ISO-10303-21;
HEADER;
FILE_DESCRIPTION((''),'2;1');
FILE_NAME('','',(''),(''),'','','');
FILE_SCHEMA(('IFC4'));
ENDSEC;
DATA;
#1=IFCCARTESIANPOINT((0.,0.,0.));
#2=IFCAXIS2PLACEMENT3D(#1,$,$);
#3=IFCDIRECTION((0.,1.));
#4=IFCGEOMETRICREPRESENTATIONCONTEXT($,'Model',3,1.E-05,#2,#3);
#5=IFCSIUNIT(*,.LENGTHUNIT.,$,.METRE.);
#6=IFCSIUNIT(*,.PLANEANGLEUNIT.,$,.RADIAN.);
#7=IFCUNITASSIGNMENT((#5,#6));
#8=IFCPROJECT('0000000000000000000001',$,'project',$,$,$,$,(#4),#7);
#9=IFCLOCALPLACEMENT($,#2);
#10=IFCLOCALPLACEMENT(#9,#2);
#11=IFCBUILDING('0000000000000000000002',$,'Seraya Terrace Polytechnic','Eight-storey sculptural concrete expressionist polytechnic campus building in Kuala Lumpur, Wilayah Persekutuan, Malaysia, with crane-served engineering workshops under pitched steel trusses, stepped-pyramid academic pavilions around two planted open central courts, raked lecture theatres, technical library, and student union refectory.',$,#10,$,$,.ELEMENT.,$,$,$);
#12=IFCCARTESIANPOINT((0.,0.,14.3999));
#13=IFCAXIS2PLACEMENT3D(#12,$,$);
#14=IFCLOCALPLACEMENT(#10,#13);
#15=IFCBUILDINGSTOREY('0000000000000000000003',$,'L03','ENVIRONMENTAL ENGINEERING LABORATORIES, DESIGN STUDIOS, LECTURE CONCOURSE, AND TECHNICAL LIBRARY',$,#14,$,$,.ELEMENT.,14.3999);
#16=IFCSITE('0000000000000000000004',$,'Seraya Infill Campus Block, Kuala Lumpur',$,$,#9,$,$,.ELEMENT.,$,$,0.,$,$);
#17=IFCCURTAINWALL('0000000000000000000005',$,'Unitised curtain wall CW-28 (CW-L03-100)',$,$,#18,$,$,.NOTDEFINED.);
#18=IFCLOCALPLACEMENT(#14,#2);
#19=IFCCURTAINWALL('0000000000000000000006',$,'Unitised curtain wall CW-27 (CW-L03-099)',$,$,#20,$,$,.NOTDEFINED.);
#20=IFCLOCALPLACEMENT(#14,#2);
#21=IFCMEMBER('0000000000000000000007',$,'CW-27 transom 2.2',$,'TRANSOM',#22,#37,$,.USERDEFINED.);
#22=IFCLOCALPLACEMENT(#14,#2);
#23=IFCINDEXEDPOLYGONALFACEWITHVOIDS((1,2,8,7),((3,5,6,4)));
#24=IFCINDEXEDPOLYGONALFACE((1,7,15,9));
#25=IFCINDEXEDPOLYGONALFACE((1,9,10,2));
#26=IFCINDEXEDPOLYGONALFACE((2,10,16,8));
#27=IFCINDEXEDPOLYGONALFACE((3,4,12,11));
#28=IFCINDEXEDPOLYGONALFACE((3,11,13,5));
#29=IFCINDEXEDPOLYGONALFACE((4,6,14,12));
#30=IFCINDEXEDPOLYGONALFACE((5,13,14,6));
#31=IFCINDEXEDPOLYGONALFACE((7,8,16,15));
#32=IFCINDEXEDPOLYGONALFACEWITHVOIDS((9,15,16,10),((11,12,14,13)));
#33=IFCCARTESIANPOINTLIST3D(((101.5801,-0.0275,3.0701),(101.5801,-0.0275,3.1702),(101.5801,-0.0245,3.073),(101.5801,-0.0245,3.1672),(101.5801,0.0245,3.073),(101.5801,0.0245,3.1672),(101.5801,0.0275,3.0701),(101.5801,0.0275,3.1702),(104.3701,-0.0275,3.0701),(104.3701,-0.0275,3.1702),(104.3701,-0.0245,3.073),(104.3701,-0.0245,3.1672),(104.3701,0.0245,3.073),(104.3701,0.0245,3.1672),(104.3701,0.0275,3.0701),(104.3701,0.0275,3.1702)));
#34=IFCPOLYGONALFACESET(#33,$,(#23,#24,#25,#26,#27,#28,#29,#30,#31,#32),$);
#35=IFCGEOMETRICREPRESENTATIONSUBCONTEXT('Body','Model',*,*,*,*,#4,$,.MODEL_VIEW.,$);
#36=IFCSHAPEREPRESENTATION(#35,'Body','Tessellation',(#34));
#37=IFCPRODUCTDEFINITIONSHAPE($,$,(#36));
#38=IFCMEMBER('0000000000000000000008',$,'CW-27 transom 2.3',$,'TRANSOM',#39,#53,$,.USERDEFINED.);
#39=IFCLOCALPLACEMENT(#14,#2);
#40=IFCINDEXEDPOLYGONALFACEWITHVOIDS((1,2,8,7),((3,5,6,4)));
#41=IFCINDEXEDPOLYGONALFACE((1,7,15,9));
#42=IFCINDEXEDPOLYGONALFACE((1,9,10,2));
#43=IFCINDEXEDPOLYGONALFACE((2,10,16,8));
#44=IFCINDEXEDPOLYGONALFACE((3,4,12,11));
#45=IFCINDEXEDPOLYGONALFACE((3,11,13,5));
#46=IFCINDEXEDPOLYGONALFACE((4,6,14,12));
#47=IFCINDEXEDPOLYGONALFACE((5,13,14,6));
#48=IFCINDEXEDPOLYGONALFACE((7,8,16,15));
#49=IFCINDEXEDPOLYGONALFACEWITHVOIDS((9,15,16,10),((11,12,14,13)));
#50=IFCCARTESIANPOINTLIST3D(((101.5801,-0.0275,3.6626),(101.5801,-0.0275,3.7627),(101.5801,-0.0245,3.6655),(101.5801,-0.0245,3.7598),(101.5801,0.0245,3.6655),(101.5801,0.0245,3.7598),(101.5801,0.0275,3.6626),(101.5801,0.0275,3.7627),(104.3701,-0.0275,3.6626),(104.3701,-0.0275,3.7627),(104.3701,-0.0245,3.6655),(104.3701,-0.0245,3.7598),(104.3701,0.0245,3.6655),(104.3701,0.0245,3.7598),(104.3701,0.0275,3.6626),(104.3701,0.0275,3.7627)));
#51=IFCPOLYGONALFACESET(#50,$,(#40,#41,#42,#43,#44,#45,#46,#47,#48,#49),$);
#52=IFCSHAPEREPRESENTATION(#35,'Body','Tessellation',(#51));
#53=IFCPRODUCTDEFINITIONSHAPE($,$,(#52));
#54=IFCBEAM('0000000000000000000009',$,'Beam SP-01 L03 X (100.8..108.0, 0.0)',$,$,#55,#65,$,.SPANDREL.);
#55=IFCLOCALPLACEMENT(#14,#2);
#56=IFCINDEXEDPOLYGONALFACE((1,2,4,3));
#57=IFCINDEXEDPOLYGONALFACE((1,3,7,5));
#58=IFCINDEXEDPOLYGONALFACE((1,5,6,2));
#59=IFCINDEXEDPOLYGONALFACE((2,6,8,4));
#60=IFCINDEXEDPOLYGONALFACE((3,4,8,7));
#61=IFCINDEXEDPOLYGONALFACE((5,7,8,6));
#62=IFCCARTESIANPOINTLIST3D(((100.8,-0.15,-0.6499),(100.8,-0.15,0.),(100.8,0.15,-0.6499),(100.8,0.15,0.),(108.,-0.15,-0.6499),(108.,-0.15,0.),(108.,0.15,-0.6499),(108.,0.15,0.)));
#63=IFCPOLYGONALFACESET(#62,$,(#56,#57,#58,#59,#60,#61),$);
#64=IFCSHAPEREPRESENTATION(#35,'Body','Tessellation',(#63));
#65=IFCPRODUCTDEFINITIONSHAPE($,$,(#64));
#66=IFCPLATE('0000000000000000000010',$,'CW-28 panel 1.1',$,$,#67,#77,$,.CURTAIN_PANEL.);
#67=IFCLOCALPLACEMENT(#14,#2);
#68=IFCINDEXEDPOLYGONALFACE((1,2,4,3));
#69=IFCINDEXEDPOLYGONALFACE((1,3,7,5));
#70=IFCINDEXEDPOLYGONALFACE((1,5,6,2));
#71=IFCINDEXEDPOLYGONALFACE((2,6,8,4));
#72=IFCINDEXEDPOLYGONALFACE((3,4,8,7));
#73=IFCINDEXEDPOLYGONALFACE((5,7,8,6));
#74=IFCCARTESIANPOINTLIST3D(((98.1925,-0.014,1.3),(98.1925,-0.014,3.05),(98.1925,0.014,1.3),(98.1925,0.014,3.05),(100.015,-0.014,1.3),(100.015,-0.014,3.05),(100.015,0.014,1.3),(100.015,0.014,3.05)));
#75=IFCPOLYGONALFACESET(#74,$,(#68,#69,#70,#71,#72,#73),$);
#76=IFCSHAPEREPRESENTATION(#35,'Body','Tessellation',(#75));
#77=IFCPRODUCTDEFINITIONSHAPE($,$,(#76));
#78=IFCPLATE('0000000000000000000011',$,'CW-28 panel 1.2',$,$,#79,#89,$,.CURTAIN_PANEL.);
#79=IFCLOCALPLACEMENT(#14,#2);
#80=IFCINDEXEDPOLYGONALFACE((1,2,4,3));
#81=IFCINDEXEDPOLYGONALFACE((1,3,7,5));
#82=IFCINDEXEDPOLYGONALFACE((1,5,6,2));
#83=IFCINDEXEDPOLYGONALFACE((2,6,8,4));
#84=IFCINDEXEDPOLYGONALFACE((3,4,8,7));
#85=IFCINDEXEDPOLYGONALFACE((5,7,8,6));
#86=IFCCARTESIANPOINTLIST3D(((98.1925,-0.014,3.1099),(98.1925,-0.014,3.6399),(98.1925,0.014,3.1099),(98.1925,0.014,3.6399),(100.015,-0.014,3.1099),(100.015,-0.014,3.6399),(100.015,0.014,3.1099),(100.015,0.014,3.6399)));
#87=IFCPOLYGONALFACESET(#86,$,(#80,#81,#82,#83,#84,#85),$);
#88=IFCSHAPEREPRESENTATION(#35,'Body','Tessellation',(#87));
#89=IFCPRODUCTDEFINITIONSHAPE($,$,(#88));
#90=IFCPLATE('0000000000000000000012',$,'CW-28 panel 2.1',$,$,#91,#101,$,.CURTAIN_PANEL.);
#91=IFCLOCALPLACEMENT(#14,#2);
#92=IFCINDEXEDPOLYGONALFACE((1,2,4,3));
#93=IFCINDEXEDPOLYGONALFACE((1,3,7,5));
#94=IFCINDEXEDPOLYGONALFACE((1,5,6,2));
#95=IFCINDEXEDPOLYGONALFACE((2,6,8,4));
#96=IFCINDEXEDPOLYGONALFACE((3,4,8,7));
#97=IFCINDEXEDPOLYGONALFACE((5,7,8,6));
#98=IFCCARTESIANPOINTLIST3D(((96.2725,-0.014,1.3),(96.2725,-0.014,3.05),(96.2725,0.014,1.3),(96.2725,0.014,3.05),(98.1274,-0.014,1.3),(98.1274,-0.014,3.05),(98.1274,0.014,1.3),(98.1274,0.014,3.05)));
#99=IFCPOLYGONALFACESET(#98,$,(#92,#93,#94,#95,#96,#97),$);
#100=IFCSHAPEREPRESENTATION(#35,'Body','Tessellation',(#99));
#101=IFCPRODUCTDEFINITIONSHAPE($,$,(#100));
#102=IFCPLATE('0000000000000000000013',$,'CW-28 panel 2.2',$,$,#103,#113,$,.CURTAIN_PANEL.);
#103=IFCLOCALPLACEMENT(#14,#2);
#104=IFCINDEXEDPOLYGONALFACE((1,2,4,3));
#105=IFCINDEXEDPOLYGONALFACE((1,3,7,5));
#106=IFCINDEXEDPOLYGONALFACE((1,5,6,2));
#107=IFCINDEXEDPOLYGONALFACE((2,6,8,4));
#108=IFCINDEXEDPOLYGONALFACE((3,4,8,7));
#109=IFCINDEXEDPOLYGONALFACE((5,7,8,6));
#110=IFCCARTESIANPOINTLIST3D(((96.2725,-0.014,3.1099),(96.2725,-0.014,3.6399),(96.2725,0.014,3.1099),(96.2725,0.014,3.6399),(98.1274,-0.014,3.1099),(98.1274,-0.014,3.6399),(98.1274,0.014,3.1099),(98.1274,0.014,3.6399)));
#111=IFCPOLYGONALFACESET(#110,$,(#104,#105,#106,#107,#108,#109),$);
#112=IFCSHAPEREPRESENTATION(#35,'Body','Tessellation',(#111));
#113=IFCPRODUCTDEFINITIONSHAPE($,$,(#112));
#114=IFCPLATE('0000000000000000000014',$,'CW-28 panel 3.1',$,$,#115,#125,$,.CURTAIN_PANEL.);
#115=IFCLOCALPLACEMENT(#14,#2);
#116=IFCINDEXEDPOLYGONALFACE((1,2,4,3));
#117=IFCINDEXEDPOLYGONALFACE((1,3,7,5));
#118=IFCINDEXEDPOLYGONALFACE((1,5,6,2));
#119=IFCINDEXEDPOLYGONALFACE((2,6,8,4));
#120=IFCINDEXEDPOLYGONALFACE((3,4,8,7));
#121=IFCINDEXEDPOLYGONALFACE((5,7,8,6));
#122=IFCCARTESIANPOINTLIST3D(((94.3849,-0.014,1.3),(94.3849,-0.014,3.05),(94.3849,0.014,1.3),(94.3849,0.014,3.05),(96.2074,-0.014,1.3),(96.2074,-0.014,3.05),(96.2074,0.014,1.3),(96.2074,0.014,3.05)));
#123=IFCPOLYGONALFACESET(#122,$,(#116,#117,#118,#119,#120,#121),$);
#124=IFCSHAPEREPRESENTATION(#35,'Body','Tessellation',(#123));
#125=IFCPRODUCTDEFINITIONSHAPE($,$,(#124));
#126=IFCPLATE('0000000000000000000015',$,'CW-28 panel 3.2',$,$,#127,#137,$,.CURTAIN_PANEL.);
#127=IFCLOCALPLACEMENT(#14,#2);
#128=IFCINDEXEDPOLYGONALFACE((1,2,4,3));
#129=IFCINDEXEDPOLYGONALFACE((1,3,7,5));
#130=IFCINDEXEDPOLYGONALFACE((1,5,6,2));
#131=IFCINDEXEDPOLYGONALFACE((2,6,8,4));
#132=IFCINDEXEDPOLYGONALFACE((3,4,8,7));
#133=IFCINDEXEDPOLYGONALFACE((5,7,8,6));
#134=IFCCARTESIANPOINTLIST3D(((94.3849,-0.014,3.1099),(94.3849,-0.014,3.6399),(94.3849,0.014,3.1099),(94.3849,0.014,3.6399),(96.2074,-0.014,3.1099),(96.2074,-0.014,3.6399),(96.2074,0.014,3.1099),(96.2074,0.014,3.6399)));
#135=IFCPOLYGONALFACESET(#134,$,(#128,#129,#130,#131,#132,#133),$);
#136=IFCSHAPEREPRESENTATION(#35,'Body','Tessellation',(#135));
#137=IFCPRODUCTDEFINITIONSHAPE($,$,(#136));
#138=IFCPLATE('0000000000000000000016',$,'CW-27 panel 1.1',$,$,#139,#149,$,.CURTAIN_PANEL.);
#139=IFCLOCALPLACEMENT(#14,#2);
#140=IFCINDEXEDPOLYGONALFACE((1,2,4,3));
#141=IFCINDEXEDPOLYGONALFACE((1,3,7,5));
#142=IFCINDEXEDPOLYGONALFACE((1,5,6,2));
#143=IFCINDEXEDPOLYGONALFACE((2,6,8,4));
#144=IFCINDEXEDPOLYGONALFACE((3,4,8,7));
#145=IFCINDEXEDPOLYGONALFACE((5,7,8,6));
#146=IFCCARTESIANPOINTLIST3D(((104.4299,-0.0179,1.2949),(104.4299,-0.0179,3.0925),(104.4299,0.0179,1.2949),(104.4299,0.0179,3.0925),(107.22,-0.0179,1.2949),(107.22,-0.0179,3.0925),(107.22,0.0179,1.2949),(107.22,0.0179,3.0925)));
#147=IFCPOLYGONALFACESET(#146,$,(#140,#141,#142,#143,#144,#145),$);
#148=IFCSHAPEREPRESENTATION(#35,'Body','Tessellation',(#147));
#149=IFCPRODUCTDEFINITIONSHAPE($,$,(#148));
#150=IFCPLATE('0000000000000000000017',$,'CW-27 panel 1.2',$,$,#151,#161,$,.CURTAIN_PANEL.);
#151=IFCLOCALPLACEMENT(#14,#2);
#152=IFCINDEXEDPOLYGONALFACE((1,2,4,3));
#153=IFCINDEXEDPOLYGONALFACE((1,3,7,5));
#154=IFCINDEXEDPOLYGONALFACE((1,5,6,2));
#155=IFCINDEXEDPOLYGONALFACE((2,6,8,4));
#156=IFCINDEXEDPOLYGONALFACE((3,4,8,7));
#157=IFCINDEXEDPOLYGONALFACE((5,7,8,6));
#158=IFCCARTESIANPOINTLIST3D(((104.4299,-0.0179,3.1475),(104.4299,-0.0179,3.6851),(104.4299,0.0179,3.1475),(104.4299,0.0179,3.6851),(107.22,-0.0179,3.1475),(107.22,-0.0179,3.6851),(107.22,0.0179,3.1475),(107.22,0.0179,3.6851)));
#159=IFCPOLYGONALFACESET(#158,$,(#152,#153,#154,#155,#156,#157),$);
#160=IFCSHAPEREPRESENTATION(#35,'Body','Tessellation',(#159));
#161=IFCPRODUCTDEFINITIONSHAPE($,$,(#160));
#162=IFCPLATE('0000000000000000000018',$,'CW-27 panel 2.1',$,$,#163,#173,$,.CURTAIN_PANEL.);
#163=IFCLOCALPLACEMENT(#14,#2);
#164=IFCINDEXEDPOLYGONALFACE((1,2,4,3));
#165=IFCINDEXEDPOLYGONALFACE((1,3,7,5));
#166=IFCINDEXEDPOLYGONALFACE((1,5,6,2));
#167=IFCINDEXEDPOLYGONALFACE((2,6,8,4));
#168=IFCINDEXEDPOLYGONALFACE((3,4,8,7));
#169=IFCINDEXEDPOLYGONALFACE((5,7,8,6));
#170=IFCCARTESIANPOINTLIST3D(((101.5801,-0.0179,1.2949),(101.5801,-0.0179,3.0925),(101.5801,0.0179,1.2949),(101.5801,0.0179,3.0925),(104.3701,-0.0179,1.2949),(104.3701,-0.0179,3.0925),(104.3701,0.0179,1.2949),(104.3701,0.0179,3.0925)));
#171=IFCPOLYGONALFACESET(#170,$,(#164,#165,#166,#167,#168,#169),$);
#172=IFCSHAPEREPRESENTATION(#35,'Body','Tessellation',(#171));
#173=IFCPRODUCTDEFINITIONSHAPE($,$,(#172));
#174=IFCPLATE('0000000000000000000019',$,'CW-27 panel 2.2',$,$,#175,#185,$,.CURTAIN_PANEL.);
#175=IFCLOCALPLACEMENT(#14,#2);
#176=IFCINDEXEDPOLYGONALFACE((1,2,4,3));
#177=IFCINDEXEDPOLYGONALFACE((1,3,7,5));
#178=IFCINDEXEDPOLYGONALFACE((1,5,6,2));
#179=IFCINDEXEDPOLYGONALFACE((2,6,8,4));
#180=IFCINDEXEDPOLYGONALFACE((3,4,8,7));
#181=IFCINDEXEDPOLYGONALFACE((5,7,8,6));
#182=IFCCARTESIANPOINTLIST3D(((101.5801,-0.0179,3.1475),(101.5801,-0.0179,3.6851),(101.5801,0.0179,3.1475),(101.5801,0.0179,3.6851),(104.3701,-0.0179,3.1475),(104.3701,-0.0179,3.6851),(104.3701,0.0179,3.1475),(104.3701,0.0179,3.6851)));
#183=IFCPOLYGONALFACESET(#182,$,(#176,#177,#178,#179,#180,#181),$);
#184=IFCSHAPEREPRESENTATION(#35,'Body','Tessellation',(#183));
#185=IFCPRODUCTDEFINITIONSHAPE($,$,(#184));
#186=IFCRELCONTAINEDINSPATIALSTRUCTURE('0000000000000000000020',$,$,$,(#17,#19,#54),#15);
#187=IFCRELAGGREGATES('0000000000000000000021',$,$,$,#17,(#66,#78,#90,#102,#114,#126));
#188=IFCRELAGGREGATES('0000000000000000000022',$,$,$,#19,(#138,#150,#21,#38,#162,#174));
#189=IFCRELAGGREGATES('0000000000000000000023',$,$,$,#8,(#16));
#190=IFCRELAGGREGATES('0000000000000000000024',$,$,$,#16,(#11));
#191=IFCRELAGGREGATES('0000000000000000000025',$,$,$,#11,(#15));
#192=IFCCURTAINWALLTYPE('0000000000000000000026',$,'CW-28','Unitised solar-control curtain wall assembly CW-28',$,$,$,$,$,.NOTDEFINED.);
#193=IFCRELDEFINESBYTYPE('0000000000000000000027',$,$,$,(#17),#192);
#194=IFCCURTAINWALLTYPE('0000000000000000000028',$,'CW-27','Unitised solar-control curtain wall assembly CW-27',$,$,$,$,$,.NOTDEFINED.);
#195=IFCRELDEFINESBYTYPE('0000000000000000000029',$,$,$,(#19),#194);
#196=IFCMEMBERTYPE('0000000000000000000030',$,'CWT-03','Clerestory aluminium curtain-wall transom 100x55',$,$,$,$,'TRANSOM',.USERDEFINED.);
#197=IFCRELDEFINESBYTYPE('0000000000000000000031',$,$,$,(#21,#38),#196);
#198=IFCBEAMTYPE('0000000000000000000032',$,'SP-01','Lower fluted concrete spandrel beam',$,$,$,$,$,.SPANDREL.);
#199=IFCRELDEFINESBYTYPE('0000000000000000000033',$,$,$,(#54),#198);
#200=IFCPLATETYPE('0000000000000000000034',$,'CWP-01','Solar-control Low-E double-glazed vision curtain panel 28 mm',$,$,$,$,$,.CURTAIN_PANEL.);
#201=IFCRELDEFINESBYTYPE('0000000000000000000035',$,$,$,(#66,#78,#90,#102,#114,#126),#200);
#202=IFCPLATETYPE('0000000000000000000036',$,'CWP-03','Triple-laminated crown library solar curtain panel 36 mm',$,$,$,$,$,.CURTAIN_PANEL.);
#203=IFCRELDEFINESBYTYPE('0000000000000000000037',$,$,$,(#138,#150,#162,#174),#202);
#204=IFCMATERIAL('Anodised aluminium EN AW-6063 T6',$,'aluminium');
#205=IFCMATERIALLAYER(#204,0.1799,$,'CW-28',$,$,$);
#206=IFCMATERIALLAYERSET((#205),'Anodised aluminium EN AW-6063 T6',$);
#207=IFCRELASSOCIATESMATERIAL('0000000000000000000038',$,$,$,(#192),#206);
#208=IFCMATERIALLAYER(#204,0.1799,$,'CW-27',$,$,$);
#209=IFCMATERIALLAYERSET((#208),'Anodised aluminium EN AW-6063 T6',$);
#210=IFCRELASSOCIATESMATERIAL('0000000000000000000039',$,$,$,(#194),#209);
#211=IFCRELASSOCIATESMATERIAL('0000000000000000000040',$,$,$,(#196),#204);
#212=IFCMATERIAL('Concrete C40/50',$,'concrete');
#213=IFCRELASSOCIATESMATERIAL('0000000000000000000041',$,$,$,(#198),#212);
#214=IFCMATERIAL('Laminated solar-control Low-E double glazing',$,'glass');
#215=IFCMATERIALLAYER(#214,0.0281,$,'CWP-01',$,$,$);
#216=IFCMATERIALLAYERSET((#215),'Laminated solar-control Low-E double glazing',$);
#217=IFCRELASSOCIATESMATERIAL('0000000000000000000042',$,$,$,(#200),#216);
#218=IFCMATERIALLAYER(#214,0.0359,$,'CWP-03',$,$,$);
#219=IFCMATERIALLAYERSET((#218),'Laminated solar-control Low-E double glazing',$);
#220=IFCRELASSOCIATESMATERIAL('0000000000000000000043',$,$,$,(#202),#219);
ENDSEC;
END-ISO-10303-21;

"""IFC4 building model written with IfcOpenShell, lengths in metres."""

from ifc_helpers import new_model, si_unit, direction, frame, origin, origin_2d, place, context, subcontext, project, spatial, rectangle, hollow_rectangle, extrude, material, layer, layer_set, material_profile, profile_set, type_object, element, aggregate, save


model = new_model("IFC4")

# Units and contexts
model_context = context("Model", 3, precision=1e-05, world=origin(), true_north=direction((0.0, 1.0)))
body_context = subcontext(model_context, "Body", "Model", "MODEL_VIEW")
ifc_project = project(units=[si_unit("LENGTHUNIT", "METRE"), si_unit("PLANEANGLEUNIT", "RADIAN")], contexts=[model_context])

# Site, building, storey
site_placement = place(None, origin())
site = spatial("IfcSite", under=ifc_project, at=site_placement, Name="Seraya Infill Campus Block, Kuala Lumpur", CompositionType="ELEMENT", RefElevation=0.0)
building_placement = place(site_placement, origin())
building = spatial("IfcBuilding", under=site, at=building_placement, Name="Seraya Terrace Polytechnic", Description="Eight-storey sculptural concrete expressionist polytechnic campus building in Kuala Lumpur, Wilayah Persekutuan, Malaysia, with crane-served engineering workshops under pitched steel trusses, stepped-pyramid academic pavilions around two planted open central courts, raked lecture theatres, technical library, and student union refectory.", CompositionType="ELEMENT")
storey_placement = place(building_placement, frame((0.0, 0.0, 14.3999)))
storey = spatial("IfcBuildingStorey", under=building, at=storey_placement, Name="L03", Description="ENVIRONMENTAL ENGINEERING LABORATORIES, DESIGN STUDIOS, LECTURE CONCOURSE, AND TECHNICAL LIBRARY", CompositionType="ELEMENT", Elevation=14.3999)

# Shared definitions
ifc_material_1 = material(Name="Concrete C40/50", Category="concrete")

# Curtain walls
ifc_material_2 = material(Name="Anodised aluminium EN AW-6063 T6", Category="aluminium")
ifc_layer_1 = layer(ifc_material_2, 0.1799, Name="CW-28")
ifc_layer_set_1 = layer_set([ifc_layer_1], Name="Anodised aluminium EN AW-6063 T6")
curtain_wall_type_1 = type_object("IfcCurtainWallType", Name="CW-28", Description="Unitised solar-control curtain wall assembly CW-28", PredefinedType="NOTDEFINED", material=ifc_layer_set_1)
curtain_wall_1_placement = place(storey_placement, origin())
curtain_wall_1 = element("IfcCurtainWall", 1, at=curtain_wall_1_placement, inside=storey, type_object=curtain_wall_type_1, Name="Unitised curtain wall CW-28 (CW-L03-100)", PredefinedType="NOTDEFINED")
ifc_layer_2 = layer(ifc_material_2, 0.1799, Name="CW-27")
ifc_layer_set_2 = layer_set([ifc_layer_2], Name="Anodised aluminium EN AW-6063 T6")
curtain_wall_type_2 = type_object("IfcCurtainWallType", Name="CW-27", Description="Unitised solar-control curtain wall assembly CW-27", PredefinedType="NOTDEFINED", material=ifc_layer_set_2)
curtain_wall_2_placement = place(storey_placement, origin())
curtain_wall_2 = element("IfcCurtainWall", 2, at=curtain_wall_2_placement, inside=storey, type_object=curtain_wall_type_2, Name="Unitised curtain wall CW-27 (CW-L03-099)", PredefinedType="NOTDEFINED")

# Members
ifc_material_profile_1 = material_profile(ifc_material_2, hollow_rectangle(XDim=0.0549, YDim=0.1001, WallThickness=0.0029, at=origin_2d()), Name="RHS 100x55x3.0")
ifc_profile_set_1 = profile_set([ifc_material_profile_1], Name="Anodised aluminium EN AW-6063 T6")
member_type_1 = type_object("IfcMemberType", Name="CWT-03", Description="Clerestory aluminium curtain-wall transom 100x55", ElementType="TRANSOM", PredefinedType="USERDEFINED", material=ifc_profile_set_1)
member_1_placement = place(storey_placement, frame((104.3701, 0.0, 3.1201), z_axis=(-1.0, 0.0, 0.0), x_axis=(0.0, -1.0, 0.0)))
member_1 = element("IfcMember", 3, at=member_1_placement, type_object=member_type_1, Name="CW-27 transom 2.2", ObjectType="TRANSOM", PredefinedType="USERDEFINED", context=body_context, shape_type="SweptSolid", body=[
    extrude(hollow_rectangle(XDim=0.0549, YDim=0.1001, WallThickness=0.0029, at=origin_2d()), origin(), (0.0, 0.0, 1.0), 2.79),
])
member_2_placement = place(storey_placement, frame((104.3701, 0.0, 3.7126), z_axis=(-1.0, 0.0, 0.0), x_axis=(0.0, -1.0, 0.0)))
member_2 = element("IfcMember", 4, at=member_2_placement, type_object=member_type_1, Name="CW-27 transom 2.3", ObjectType="TRANSOM", PredefinedType="USERDEFINED", context=body_context, shape_type="SweptSolid", body=[
    extrude(hollow_rectangle(XDim=0.0549, YDim=0.1001, WallThickness=0.0029, at=origin_2d()), origin(), (0.0, 0.0, 1.0), 2.79),
])

# Beam
ifc_material_profile_2 = material_profile(ifc_material_1, rectangle(XDim=0.3, YDim=0.6499, at=origin_2d()), Name="RC 300x650")
ifc_profile_set_2 = profile_set([ifc_material_profile_2], Name="Concrete C40/50")
beam_type_1 = type_object("IfcBeamType", Name="SP-01", Description="Lower fluted concrete spandrel beam", PredefinedType="SPANDREL", material=ifc_profile_set_2)
beam_1_placement = place(storey_placement, frame((100.8, 0.0, -0.325), z_axis=(1.0, 0.0, 0.0), x_axis=(0.0, 1.0, 0.0)))
element("IfcBeam", 5, at=beam_1_placement, inside=storey, type_object=beam_type_1, Name="Beam SP-01 L03 X (100.8..108.0, 0.0)", PredefinedType="SPANDREL", context=body_context, shape_type="SweptSolid", body=[
    extrude(rectangle(XDim=0.3, YDim=0.6499, at=origin_2d()), origin(), (0.0, 0.0, 1.0), 7.2),
])

# Plates
ifc_material_3 = material(Name="Laminated solar-control Low-E double glazing", Category="glass")
ifc_layer_3 = layer(ifc_material_3, 0.0281, Name="CWP-01")
ifc_layer_set_3 = layer_set([ifc_layer_3], Name="Laminated solar-control Low-E double glazing")
plate_type_1 = type_object("IfcPlateType", Name="CWP-01", Description="Solar-control Low-E double-glazed vision curtain panel 28 mm", PredefinedType="CURTAIN_PANEL", material=ifc_layer_set_3)
plate_1_placement = place(storey_placement, frame((99.1038, 0.0, 1.3), z_axis=(0.0, 0.0, 1.0), x_axis=(-1.0, 0.0, 0.0)))
plate_1 = element("IfcPlate", 6, at=plate_1_placement, type_object=plate_type_1, Name="CW-28 panel 1.1", PredefinedType="CURTAIN_PANEL", context=body_context, shape_type="SweptSolid", body=[
    extrude(rectangle(XDim=1.8225, YDim=0.0281, at=origin_2d()), origin(), (0.0, 0.0, 1.0), 1.75),
])
plate_2_placement = place(storey_placement, frame((99.1038, 0.0, 3.1099), z_axis=(0.0, 0.0, 1.0), x_axis=(-1.0, 0.0, 0.0)))
plate_2 = element("IfcPlate", 7, at=plate_2_placement, type_object=plate_type_1, Name="CW-28 panel 1.2", PredefinedType="CURTAIN_PANEL", context=body_context, shape_type="SweptSolid", body=[
    extrude(rectangle(XDim=1.8225, YDim=0.0281, at=origin_2d()), origin(), (0.0, 0.0, 1.0), 0.53),
])
plate_3_placement = place(storey_placement, frame((97.2, 0.0, 1.3), z_axis=(0.0, 0.0, 1.0), x_axis=(-1.0, 0.0, 0.0)))
plate_3 = element("IfcPlate", 8, at=plate_3_placement, type_object=plate_type_1, Name="CW-28 panel 2.1", PredefinedType="CURTAIN_PANEL", context=body_context, shape_type="SweptSolid", body=[
    extrude(rectangle(XDim=1.855, YDim=0.0281, at=origin_2d()), origin(), (0.0, 0.0, 1.0), 1.75),
])
plate_4_placement = place(storey_placement, frame((97.2, 0.0, 3.1099), z_axis=(0.0, 0.0, 1.0), x_axis=(-1.0, 0.0, 0.0)))
plate_4 = element("IfcPlate", 9, at=plate_4_placement, type_object=plate_type_1, Name="CW-28 panel 2.2", PredefinedType="CURTAIN_PANEL", context=body_context, shape_type="SweptSolid", body=[
    extrude(rectangle(XDim=1.855, YDim=0.0281, at=origin_2d()), origin(), (0.0, 0.0, 1.0), 0.53),
])
plate_5_placement = place(storey_placement, frame((95.2961, 0.0, 1.3), z_axis=(0.0, 0.0, 1.0), x_axis=(-1.0, 0.0, 0.0)))
plate_5 = element("IfcPlate", 10, at=plate_5_placement, type_object=plate_type_1, Name="CW-28 panel 3.1", PredefinedType="CURTAIN_PANEL", context=body_context, shape_type="SweptSolid", body=[
    extrude(rectangle(XDim=1.8225, YDim=0.0281, at=origin_2d()), origin(), (0.0, 0.0, 1.0), 1.75),
])
plate_6_placement = place(storey_placement, frame((95.2961, 0.0, 3.1099), z_axis=(0.0, 0.0, 1.0), x_axis=(-1.0, 0.0, 0.0)))
plate_6 = element("IfcPlate", 11, at=plate_6_placement, type_object=plate_type_1, Name="CW-28 panel 3.2", PredefinedType="CURTAIN_PANEL", context=body_context, shape_type="SweptSolid", body=[
    extrude(rectangle(XDim=1.8225, YDim=0.0281, at=origin_2d()), origin(), (0.0, 0.0, 1.0), 0.53),
])
aggregate(curtain_wall_1, [plate_1, plate_2, plate_3, plate_4, plate_5, plate_6])
ifc_layer_4 = layer(ifc_material_3, 0.0359, Name="CWP-03")
ifc_layer_set_4 = layer_set([ifc_layer_4], Name="Laminated solar-control Low-E double glazing")
plate_type_2 = type_object("IfcPlateType", Name="CWP-03", Description="Triple-laminated crown library solar curtain panel 36 mm", PredefinedType="CURTAIN_PANEL", material=ifc_layer_set_4)
plate_7_placement = place(storey_placement, frame((105.825, 0.0, 1.2949), z_axis=(0.0, 0.0, 1.0), x_axis=(-1.0, 0.0, 0.0)))
plate_7 = element("IfcPlate", 12, at=plate_7_placement, type_object=plate_type_2, Name="CW-27 panel 1.1", PredefinedType="CURTAIN_PANEL", context=body_context, shape_type="SweptSolid", body=[
    extrude(rectangle(XDim=2.79, YDim=0.0359, at=origin_2d()), origin(), (0.0, 0.0, 1.0), 1.7976),
])
plate_8_placement = place(storey_placement, frame((105.825, 0.0, 3.1475), z_axis=(0.0, 0.0, 1.0), x_axis=(-1.0, 0.0, 0.0)))
plate_8 = element("IfcPlate", 13, at=plate_8_placement, type_object=plate_type_2, Name="CW-27 panel 1.2", PredefinedType="CURTAIN_PANEL", context=body_context, shape_type="SweptSolid", body=[
    extrude(rectangle(XDim=2.79, YDim=0.0359, at=origin_2d()), origin(), (0.0, 0.0, 1.0), 0.5376),
])
plate_9_placement = place(storey_placement, frame((102.9751, 0.0, 1.2949), z_axis=(0.0, 0.0, 1.0), x_axis=(-1.0, 0.0, 0.0)))
plate_9 = element("IfcPlate", 14, at=plate_9_placement, type_object=plate_type_2, Name="CW-27 panel 2.1", PredefinedType="CURTAIN_PANEL", context=body_context, shape_type="SweptSolid", body=[
    extrude(rectangle(XDim=2.79, YDim=0.0359, at=origin_2d()), origin(), (0.0, 0.0, 1.0), 1.7976),
])
plate_10_placement = place(storey_placement, frame((102.9751, 0.0, 3.1475), z_axis=(0.0, 0.0, 1.0), x_axis=(-1.0, 0.0, 0.0)))
plate_10 = element("IfcPlate", 15, at=plate_10_placement, type_object=plate_type_2, Name="CW-27 panel 2.2", PredefinedType="CURTAIN_PANEL", context=body_context, shape_type="SweptSolid", body=[
    extrude(rectangle(XDim=2.79, YDim=0.0359, at=origin_2d()), origin(), (0.0, 0.0, 1.0), 0.5376),
])
aggregate(curtain_wall_2, [plate_7, plate_8, member_1, member_2, plate_9, plate_10])

save(model, "model.ifc")
